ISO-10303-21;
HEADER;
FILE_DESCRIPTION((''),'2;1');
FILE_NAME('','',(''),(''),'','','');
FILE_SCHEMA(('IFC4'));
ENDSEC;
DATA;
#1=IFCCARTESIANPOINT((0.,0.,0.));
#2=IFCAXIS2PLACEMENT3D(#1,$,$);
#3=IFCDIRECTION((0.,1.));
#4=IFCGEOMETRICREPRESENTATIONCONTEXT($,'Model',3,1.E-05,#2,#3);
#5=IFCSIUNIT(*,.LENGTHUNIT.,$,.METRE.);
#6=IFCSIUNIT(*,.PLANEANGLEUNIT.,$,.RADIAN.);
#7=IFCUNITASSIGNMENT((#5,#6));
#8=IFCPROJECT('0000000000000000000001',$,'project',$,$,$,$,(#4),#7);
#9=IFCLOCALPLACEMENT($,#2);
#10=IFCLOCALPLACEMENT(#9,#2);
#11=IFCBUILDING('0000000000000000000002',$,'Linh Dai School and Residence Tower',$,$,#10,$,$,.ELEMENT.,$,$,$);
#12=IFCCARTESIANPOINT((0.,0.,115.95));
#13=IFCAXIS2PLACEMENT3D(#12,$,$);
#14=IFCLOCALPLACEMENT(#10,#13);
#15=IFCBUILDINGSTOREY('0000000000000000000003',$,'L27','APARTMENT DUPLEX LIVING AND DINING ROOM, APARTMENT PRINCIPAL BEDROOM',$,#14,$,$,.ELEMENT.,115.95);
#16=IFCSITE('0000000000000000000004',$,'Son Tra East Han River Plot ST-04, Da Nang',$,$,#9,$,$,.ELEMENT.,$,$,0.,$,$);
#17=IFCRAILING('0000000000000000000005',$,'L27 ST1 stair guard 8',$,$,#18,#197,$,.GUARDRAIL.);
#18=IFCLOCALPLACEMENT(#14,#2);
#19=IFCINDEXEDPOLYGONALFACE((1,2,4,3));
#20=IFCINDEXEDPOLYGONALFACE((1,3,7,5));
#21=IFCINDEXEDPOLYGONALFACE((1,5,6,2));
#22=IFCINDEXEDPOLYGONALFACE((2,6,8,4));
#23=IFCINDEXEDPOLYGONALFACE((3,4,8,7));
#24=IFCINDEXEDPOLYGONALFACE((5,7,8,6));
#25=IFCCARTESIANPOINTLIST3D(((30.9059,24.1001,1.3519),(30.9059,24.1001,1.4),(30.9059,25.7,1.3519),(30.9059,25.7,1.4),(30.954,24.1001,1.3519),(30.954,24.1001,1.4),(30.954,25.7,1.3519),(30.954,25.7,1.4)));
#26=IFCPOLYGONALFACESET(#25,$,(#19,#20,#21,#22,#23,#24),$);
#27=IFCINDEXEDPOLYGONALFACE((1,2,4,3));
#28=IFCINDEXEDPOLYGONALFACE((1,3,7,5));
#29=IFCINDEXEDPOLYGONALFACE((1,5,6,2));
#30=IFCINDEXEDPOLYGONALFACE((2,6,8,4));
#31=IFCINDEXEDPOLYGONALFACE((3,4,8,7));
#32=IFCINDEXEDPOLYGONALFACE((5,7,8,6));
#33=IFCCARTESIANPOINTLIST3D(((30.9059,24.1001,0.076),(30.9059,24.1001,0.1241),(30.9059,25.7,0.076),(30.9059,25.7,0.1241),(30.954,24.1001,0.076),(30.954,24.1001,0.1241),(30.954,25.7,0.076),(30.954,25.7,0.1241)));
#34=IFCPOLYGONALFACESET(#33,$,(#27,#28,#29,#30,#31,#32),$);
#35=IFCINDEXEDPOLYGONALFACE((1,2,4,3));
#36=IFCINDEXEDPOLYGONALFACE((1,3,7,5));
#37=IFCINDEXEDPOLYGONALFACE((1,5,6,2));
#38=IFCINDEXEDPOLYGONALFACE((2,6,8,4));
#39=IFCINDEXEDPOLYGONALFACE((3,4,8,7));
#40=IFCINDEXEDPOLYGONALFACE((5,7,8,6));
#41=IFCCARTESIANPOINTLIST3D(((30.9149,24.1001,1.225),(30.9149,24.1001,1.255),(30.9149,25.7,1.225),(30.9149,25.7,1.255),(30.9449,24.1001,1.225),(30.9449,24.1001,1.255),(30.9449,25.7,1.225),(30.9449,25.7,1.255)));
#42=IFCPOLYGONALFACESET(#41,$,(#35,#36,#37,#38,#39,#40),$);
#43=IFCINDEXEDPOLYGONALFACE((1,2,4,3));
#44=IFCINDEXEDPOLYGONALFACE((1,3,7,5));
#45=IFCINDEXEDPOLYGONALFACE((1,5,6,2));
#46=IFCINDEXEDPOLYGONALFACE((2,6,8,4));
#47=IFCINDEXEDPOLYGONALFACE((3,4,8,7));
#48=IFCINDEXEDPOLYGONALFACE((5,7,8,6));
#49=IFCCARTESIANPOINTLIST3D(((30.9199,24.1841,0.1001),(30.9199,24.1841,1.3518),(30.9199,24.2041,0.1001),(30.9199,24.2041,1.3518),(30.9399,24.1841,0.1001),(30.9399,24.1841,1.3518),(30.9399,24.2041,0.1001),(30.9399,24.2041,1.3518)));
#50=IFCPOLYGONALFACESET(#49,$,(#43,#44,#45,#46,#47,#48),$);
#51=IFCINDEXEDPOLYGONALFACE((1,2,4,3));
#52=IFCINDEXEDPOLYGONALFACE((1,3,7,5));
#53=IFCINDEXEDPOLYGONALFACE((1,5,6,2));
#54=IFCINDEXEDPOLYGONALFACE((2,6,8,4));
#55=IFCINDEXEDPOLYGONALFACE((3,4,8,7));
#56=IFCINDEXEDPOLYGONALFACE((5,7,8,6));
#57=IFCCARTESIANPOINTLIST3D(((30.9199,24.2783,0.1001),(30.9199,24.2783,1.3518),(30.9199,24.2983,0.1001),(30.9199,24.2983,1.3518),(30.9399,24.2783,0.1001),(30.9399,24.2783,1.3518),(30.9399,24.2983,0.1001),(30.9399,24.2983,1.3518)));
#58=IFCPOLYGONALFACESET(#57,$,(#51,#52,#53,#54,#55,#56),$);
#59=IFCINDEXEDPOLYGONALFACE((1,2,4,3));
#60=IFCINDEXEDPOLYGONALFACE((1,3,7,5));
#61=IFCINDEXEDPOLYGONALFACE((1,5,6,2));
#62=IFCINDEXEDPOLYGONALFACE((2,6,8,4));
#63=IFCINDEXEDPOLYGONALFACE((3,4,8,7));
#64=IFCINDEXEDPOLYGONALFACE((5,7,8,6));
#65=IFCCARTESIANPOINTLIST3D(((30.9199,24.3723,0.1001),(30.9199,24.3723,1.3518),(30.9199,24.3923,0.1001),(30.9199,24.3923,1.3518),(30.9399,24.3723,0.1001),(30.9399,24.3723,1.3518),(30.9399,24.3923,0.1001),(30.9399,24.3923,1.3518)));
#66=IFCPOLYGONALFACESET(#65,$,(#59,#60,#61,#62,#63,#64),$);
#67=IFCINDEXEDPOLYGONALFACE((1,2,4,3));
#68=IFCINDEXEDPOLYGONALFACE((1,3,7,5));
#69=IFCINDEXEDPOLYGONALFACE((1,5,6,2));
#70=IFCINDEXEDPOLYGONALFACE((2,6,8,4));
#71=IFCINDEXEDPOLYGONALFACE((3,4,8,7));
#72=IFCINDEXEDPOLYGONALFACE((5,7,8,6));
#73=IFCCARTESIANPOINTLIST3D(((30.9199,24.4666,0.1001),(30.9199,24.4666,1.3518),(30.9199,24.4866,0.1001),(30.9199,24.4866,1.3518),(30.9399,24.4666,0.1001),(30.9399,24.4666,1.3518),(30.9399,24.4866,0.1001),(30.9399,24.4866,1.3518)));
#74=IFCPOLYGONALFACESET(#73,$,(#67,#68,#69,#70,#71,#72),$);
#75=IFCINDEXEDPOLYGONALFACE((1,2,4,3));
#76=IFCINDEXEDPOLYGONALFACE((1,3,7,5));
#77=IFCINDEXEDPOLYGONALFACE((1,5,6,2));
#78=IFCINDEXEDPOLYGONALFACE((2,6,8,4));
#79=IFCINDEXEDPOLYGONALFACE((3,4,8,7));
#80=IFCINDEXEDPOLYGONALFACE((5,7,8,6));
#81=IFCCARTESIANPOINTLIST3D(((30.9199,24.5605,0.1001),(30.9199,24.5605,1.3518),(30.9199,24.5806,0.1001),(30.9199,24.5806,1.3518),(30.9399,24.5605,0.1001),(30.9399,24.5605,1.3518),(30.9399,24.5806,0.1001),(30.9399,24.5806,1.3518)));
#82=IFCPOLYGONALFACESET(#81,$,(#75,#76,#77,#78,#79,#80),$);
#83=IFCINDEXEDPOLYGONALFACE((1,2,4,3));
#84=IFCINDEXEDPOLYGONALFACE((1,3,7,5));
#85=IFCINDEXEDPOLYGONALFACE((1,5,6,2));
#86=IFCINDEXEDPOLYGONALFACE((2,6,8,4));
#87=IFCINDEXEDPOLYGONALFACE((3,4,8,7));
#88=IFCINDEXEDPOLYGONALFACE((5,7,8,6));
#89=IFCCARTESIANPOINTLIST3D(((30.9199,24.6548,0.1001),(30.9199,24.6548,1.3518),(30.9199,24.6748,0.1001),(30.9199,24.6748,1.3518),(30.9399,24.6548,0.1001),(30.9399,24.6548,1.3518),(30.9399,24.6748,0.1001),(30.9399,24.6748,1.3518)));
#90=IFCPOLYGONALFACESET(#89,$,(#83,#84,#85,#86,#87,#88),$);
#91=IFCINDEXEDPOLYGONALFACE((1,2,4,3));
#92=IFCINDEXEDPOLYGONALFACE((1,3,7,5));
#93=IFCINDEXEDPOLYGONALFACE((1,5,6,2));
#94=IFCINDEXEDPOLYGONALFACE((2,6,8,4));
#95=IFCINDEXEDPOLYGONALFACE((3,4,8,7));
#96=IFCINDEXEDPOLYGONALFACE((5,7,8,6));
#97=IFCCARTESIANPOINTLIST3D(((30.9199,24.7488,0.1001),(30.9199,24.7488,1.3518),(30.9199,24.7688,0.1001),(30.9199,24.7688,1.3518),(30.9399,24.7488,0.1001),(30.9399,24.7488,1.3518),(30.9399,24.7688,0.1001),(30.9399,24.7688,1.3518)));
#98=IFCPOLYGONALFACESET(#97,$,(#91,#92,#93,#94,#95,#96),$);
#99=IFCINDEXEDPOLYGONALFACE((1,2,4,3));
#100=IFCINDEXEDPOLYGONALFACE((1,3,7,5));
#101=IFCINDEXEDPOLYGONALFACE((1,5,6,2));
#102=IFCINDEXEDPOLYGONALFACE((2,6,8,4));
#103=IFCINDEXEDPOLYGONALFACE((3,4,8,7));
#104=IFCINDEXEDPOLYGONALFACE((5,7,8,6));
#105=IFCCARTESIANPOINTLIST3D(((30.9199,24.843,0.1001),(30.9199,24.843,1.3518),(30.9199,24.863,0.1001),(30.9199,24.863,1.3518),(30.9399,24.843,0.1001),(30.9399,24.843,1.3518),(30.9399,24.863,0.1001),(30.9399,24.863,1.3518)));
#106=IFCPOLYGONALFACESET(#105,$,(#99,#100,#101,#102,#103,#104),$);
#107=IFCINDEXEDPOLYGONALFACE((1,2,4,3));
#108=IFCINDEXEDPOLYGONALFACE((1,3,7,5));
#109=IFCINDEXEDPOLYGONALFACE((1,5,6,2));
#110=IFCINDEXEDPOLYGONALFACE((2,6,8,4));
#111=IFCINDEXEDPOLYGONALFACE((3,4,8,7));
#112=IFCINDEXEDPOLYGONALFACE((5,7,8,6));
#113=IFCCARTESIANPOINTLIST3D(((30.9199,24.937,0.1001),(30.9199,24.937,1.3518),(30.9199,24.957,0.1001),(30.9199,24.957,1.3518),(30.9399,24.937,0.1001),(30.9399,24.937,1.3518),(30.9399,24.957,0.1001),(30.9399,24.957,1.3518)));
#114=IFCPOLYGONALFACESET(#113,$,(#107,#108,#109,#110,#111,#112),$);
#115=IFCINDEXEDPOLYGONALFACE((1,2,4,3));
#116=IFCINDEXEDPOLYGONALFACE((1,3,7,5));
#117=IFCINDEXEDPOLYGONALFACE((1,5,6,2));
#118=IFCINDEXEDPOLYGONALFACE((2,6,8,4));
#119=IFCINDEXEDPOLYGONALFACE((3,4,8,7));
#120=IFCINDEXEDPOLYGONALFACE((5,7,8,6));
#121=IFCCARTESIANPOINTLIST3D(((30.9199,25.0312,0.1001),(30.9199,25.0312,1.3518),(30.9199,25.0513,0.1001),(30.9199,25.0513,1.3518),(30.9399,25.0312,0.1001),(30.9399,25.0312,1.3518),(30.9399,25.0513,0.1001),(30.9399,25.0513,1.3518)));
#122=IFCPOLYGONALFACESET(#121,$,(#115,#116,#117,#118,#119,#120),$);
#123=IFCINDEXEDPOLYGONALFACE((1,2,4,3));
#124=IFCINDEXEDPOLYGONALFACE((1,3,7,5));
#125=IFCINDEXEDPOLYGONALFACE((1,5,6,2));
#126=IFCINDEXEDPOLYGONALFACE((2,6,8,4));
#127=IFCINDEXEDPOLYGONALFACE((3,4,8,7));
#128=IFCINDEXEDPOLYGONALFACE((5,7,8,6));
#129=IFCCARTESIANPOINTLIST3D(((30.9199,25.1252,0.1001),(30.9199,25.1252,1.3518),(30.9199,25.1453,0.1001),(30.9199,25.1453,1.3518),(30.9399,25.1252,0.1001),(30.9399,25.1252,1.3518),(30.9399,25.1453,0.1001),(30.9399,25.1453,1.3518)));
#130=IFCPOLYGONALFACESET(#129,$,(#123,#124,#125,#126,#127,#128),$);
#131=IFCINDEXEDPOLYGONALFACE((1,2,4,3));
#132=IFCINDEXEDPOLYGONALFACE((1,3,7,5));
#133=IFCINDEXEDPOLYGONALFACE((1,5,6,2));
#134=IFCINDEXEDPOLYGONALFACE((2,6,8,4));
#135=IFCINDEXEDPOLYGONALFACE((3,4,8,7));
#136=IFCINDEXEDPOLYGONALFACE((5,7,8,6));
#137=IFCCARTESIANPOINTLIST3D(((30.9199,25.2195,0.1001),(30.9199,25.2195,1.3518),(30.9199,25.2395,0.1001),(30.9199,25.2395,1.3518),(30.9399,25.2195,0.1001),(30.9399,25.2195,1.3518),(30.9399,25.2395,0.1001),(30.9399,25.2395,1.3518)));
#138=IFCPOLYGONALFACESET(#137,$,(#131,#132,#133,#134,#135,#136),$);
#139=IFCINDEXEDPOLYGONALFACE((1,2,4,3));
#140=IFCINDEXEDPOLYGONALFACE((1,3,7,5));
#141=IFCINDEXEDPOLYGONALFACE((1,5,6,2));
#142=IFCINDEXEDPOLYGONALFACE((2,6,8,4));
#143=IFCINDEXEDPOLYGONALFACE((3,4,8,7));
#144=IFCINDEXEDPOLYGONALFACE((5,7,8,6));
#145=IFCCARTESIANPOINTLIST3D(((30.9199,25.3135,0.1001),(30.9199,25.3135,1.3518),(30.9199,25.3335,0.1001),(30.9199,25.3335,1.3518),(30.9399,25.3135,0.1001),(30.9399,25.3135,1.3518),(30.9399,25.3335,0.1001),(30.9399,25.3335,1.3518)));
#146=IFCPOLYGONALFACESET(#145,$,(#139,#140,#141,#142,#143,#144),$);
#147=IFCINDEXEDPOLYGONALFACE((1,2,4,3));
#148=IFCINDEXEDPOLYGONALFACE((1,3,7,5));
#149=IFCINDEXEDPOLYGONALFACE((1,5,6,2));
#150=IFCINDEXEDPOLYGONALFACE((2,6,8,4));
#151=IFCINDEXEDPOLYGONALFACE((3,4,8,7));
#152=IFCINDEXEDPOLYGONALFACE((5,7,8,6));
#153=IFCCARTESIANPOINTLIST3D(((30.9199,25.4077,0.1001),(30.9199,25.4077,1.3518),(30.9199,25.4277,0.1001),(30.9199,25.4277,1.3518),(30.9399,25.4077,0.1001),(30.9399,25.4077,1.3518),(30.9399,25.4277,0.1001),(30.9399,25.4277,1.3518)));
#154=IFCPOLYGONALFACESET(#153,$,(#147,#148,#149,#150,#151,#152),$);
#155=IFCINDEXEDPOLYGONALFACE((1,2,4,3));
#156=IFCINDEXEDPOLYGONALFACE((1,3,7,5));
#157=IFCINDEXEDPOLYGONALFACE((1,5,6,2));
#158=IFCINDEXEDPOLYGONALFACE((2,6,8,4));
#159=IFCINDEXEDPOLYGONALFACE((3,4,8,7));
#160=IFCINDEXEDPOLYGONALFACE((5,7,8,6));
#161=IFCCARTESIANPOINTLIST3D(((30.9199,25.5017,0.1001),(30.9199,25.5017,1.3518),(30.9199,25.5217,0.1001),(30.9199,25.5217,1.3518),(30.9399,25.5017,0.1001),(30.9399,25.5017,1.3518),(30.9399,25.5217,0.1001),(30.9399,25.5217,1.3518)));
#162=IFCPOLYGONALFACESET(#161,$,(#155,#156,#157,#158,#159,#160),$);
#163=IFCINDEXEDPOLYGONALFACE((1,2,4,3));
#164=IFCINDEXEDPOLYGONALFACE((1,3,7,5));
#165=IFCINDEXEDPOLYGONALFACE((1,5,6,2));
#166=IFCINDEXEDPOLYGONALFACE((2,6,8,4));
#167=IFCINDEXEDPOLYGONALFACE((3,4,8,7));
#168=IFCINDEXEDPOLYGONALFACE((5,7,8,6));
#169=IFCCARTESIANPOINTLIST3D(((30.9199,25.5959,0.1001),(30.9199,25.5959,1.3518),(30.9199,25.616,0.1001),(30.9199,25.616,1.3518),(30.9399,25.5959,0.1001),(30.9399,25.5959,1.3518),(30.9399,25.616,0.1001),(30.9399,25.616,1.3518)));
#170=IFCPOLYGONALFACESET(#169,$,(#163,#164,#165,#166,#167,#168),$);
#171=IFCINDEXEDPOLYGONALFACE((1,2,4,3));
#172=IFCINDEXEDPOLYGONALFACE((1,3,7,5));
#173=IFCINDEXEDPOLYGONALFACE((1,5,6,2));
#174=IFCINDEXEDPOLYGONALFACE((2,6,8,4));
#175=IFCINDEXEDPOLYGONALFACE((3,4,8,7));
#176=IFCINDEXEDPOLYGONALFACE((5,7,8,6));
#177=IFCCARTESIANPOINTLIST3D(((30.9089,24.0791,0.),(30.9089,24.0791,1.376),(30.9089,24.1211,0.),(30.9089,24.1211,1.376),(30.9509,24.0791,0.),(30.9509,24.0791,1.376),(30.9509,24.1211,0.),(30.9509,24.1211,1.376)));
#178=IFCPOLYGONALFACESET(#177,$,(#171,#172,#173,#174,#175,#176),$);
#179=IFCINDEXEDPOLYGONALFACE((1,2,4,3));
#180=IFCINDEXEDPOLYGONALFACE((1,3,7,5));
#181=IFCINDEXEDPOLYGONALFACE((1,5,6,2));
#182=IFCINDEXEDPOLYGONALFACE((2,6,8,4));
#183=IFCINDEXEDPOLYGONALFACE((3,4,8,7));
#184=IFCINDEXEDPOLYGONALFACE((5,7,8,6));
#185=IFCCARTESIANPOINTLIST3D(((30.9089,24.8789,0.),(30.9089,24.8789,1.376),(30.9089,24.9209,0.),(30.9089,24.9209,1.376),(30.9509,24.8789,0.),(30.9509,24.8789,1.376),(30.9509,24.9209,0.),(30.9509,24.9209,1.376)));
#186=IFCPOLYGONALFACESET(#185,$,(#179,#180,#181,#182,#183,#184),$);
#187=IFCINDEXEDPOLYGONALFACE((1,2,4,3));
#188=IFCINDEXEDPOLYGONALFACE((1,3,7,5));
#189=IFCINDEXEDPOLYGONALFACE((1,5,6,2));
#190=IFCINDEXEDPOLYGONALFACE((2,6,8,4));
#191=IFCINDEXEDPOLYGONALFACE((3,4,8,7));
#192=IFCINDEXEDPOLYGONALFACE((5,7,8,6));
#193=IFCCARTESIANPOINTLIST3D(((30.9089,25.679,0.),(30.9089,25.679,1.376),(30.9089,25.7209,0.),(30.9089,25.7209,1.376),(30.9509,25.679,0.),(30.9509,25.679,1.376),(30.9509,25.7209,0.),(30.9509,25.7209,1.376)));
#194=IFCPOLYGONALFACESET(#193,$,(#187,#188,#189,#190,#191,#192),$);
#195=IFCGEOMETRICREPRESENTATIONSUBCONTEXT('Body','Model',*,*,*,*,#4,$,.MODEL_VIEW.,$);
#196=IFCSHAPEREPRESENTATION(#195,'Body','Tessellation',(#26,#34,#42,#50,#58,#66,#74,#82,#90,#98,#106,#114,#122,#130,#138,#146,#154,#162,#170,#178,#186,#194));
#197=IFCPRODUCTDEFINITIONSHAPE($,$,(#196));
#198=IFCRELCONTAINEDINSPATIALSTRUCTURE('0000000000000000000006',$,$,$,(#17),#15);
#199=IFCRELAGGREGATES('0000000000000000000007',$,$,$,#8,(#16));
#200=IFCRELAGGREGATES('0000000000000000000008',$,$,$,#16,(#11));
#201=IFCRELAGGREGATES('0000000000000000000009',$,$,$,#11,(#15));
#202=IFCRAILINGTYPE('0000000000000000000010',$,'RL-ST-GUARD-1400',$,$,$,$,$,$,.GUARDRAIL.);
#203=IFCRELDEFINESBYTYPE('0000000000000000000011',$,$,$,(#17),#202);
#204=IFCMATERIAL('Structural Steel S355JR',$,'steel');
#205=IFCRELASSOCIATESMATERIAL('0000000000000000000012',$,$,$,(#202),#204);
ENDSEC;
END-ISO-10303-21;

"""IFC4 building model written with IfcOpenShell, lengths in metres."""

from ifc_helpers import new_model, si_unit, direction, frame, origin, origin_2d, place, context, subcontext, project, spatial, rectangle, extrude, source, transform, mapped, material, type_object, element, save


model = new_model("IFC4")

# Units and contexts
model_context = context("Model", 3, precision=1e-05, world=origin(), true_north=direction((0.0, 1.0)))
body_context = subcontext(model_context, "Body", "Model", "MODEL_VIEW")
ifc_project = project(units=[si_unit("LENGTHUNIT", "METRE"), si_unit("PLANEANGLEUNIT", "RADIAN")], contexts=[model_context])

# Site, building, storey
site_placement = place(None, origin())
site = spatial("IfcSite", under=ifc_project, at=site_placement, Name="Son Tra East Han River Plot ST-04, Da Nang", CompositionType="ELEMENT", RefElevation=0.0)
building_placement = place(site_placement, origin())
building = spatial("IfcBuilding", under=site, at=building_placement, Name="Linh Dai School and Residence Tower", CompositionType="ELEMENT")
storey_placement = place(building_placement, frame((0.0, 0.0, 115.95)))
storey = spatial("IfcBuildingStorey", under=building, at=storey_placement, Name="L27", Description="APARTMENT DUPLEX LIVING AND DINING ROOM, APARTMENT PRINCIPAL BEDROOM", CompositionType="ELEMENT", Elevation=115.95)

# Shared definitions
ifc_material_1 = material(Name="Structural Steel S355JR", Category="steel")

# Railing
railing_type_1 = type_object("IfcRailingType", Name="RL-ST-GUARD-1400", PredefinedType="GUARDRAIL", material=ifc_material_1)
shared_shape_1 = source(origin(), body_context, "Body", "SweptSolid", [
    extrude(rectangle(XDim=0.0481, YDim=0.0481, at=origin_2d()), frame((0.0, 0.0, 1.376), z_axis=(0.0, 1.0, 0.0), x_axis=(-1.0, 0.0, 0.0)), (0.0, 0.0, 1.0), 1.5999),
    extrude(rectangle(XDim=0.0481, YDim=0.0481, at=origin_2d()), frame((0.0, 0.0, 0.1001), z_axis=(0.0, 1.0, 0.0), x_axis=(-1.0, 0.0, 0.0)), (0.0, 0.0, 1.0), 1.5999),
    extrude(rectangle(XDim=0.03, YDim=0.03, at=origin_2d()), frame((0.0, 0.0, 1.24), z_axis=(0.0, 1.0, 0.0), x_axis=(-1.0, 0.0, 0.0)), (0.0, 0.0, 1.0), 1.5999),
    extrude(rectangle(XDim=0.02, YDim=0.02, at=origin_2d()), frame((0.0, 0.094, 0.1001)), (0.0, 0.0, 1.0), 1.2517),
    extrude(rectangle(XDim=0.02, YDim=0.02, at=origin_2d()), frame((0.0, 0.1882, 0.1001)), (0.0, 0.0, 1.0), 1.2517),
    extrude(rectangle(XDim=0.02, YDim=0.02, at=origin_2d()), frame((0.0, 0.2822, 0.1001)), (0.0, 0.0, 1.0), 1.2517),
    extrude(rectangle(XDim=0.02, YDim=0.02, at=origin_2d()), frame((0.0, 0.3765, 0.1001)), (0.0, 0.0, 1.0), 1.2517),
    extrude(rectangle(XDim=0.02, YDim=0.02, at=origin_2d()), frame((0.0, 0.4705, 0.1001)), (0.0, 0.0, 1.0), 1.2517),
    extrude(rectangle(XDim=0.02, YDim=0.02, at=origin_2d()), frame((0.0, 0.5647, 0.1001)), (0.0, 0.0, 1.0), 1.2517),
    extrude(rectangle(XDim=0.02, YDim=0.02, at=origin_2d()), frame((0.0, 0.6587, 0.1001)), (0.0, 0.0, 1.0), 1.2517),
    extrude(rectangle(XDim=0.02, YDim=0.02, at=origin_2d()), frame((0.0, 0.7529, 0.1001)), (0.0, 0.0, 1.0), 1.2517),
    extrude(rectangle(XDim=0.02, YDim=0.02, at=origin_2d()), frame((0.0, 0.8469, 0.1001)), (0.0, 0.0, 1.0), 1.2517),
    extrude(rectangle(XDim=0.02, YDim=0.02, at=origin_2d()), frame((0.0, 0.9412, 0.1001)), (0.0, 0.0, 1.0), 1.2517),
    extrude(rectangle(XDim=0.02, YDim=0.02, at=origin_2d()), frame((0.0, 1.0352, 0.1001)), (0.0, 0.0, 1.0), 1.2517),
    extrude(rectangle(XDim=0.02, YDim=0.02, at=origin_2d()), frame((0.0, 1.1294, 0.1001)), (0.0, 0.0, 1.0), 1.2517),
    extrude(rectangle(XDim=0.02, YDim=0.02, at=origin_2d()), frame((0.0, 1.2234, 0.1001)), (0.0, 0.0, 1.0), 1.2517),
    extrude(rectangle(XDim=0.02, YDim=0.02, at=origin_2d()), frame((0.0, 1.3176, 0.1001)), (0.0, 0.0, 1.0), 1.2517),
    extrude(rectangle(XDim=0.02, YDim=0.02, at=origin_2d()), frame((0.0, 1.4116, 0.1001)), (0.0, 0.0, 1.0), 1.2517),
    extrude(rectangle(XDim=0.02, YDim=0.02, at=origin_2d()), frame((0.0, 1.5059, 0.1001)), (0.0, 0.0, 1.0), 1.2517),
    extrude(rectangle(XDim=0.042, YDim=0.042, at=origin_2d()), origin(), (0.0, 0.0, 1.0), 1.376),
    extrude(rectangle(XDim=0.042, YDim=0.042, at=origin_2d()), frame((0.0, 0.7998, 0.0)), (0.0, 0.0, 1.0), 1.376),
    extrude(rectangle(XDim=0.042, YDim=0.042, at=origin_2d()), frame((0.0, 1.5999, 0.0)), (0.0, 0.0, 1.0), 1.376),
])
for number, where, name in (
    (1, (30.9299, 24.1001, 0.0), "L27 ST1 stair guard 8"),
):
    element("IfcRailing", number, at=place(storey_placement, frame(where)), inside=storey, type_object=railing_type_1, Name=name, PredefinedType="GUARDRAIL", context=body_context, shape_type="MappedRepresentation", body=[
        mapped(shared_shape_1, transform((0.0, 0.0, 0.0), x_axis=(1.0, 0.0, 0.0), y_axis=(0.0, 1.0, 0.0), z_axis=(0.0, 0.0, 1.0), scale=1.0)),
    ])

save(model, "model.ifc")
